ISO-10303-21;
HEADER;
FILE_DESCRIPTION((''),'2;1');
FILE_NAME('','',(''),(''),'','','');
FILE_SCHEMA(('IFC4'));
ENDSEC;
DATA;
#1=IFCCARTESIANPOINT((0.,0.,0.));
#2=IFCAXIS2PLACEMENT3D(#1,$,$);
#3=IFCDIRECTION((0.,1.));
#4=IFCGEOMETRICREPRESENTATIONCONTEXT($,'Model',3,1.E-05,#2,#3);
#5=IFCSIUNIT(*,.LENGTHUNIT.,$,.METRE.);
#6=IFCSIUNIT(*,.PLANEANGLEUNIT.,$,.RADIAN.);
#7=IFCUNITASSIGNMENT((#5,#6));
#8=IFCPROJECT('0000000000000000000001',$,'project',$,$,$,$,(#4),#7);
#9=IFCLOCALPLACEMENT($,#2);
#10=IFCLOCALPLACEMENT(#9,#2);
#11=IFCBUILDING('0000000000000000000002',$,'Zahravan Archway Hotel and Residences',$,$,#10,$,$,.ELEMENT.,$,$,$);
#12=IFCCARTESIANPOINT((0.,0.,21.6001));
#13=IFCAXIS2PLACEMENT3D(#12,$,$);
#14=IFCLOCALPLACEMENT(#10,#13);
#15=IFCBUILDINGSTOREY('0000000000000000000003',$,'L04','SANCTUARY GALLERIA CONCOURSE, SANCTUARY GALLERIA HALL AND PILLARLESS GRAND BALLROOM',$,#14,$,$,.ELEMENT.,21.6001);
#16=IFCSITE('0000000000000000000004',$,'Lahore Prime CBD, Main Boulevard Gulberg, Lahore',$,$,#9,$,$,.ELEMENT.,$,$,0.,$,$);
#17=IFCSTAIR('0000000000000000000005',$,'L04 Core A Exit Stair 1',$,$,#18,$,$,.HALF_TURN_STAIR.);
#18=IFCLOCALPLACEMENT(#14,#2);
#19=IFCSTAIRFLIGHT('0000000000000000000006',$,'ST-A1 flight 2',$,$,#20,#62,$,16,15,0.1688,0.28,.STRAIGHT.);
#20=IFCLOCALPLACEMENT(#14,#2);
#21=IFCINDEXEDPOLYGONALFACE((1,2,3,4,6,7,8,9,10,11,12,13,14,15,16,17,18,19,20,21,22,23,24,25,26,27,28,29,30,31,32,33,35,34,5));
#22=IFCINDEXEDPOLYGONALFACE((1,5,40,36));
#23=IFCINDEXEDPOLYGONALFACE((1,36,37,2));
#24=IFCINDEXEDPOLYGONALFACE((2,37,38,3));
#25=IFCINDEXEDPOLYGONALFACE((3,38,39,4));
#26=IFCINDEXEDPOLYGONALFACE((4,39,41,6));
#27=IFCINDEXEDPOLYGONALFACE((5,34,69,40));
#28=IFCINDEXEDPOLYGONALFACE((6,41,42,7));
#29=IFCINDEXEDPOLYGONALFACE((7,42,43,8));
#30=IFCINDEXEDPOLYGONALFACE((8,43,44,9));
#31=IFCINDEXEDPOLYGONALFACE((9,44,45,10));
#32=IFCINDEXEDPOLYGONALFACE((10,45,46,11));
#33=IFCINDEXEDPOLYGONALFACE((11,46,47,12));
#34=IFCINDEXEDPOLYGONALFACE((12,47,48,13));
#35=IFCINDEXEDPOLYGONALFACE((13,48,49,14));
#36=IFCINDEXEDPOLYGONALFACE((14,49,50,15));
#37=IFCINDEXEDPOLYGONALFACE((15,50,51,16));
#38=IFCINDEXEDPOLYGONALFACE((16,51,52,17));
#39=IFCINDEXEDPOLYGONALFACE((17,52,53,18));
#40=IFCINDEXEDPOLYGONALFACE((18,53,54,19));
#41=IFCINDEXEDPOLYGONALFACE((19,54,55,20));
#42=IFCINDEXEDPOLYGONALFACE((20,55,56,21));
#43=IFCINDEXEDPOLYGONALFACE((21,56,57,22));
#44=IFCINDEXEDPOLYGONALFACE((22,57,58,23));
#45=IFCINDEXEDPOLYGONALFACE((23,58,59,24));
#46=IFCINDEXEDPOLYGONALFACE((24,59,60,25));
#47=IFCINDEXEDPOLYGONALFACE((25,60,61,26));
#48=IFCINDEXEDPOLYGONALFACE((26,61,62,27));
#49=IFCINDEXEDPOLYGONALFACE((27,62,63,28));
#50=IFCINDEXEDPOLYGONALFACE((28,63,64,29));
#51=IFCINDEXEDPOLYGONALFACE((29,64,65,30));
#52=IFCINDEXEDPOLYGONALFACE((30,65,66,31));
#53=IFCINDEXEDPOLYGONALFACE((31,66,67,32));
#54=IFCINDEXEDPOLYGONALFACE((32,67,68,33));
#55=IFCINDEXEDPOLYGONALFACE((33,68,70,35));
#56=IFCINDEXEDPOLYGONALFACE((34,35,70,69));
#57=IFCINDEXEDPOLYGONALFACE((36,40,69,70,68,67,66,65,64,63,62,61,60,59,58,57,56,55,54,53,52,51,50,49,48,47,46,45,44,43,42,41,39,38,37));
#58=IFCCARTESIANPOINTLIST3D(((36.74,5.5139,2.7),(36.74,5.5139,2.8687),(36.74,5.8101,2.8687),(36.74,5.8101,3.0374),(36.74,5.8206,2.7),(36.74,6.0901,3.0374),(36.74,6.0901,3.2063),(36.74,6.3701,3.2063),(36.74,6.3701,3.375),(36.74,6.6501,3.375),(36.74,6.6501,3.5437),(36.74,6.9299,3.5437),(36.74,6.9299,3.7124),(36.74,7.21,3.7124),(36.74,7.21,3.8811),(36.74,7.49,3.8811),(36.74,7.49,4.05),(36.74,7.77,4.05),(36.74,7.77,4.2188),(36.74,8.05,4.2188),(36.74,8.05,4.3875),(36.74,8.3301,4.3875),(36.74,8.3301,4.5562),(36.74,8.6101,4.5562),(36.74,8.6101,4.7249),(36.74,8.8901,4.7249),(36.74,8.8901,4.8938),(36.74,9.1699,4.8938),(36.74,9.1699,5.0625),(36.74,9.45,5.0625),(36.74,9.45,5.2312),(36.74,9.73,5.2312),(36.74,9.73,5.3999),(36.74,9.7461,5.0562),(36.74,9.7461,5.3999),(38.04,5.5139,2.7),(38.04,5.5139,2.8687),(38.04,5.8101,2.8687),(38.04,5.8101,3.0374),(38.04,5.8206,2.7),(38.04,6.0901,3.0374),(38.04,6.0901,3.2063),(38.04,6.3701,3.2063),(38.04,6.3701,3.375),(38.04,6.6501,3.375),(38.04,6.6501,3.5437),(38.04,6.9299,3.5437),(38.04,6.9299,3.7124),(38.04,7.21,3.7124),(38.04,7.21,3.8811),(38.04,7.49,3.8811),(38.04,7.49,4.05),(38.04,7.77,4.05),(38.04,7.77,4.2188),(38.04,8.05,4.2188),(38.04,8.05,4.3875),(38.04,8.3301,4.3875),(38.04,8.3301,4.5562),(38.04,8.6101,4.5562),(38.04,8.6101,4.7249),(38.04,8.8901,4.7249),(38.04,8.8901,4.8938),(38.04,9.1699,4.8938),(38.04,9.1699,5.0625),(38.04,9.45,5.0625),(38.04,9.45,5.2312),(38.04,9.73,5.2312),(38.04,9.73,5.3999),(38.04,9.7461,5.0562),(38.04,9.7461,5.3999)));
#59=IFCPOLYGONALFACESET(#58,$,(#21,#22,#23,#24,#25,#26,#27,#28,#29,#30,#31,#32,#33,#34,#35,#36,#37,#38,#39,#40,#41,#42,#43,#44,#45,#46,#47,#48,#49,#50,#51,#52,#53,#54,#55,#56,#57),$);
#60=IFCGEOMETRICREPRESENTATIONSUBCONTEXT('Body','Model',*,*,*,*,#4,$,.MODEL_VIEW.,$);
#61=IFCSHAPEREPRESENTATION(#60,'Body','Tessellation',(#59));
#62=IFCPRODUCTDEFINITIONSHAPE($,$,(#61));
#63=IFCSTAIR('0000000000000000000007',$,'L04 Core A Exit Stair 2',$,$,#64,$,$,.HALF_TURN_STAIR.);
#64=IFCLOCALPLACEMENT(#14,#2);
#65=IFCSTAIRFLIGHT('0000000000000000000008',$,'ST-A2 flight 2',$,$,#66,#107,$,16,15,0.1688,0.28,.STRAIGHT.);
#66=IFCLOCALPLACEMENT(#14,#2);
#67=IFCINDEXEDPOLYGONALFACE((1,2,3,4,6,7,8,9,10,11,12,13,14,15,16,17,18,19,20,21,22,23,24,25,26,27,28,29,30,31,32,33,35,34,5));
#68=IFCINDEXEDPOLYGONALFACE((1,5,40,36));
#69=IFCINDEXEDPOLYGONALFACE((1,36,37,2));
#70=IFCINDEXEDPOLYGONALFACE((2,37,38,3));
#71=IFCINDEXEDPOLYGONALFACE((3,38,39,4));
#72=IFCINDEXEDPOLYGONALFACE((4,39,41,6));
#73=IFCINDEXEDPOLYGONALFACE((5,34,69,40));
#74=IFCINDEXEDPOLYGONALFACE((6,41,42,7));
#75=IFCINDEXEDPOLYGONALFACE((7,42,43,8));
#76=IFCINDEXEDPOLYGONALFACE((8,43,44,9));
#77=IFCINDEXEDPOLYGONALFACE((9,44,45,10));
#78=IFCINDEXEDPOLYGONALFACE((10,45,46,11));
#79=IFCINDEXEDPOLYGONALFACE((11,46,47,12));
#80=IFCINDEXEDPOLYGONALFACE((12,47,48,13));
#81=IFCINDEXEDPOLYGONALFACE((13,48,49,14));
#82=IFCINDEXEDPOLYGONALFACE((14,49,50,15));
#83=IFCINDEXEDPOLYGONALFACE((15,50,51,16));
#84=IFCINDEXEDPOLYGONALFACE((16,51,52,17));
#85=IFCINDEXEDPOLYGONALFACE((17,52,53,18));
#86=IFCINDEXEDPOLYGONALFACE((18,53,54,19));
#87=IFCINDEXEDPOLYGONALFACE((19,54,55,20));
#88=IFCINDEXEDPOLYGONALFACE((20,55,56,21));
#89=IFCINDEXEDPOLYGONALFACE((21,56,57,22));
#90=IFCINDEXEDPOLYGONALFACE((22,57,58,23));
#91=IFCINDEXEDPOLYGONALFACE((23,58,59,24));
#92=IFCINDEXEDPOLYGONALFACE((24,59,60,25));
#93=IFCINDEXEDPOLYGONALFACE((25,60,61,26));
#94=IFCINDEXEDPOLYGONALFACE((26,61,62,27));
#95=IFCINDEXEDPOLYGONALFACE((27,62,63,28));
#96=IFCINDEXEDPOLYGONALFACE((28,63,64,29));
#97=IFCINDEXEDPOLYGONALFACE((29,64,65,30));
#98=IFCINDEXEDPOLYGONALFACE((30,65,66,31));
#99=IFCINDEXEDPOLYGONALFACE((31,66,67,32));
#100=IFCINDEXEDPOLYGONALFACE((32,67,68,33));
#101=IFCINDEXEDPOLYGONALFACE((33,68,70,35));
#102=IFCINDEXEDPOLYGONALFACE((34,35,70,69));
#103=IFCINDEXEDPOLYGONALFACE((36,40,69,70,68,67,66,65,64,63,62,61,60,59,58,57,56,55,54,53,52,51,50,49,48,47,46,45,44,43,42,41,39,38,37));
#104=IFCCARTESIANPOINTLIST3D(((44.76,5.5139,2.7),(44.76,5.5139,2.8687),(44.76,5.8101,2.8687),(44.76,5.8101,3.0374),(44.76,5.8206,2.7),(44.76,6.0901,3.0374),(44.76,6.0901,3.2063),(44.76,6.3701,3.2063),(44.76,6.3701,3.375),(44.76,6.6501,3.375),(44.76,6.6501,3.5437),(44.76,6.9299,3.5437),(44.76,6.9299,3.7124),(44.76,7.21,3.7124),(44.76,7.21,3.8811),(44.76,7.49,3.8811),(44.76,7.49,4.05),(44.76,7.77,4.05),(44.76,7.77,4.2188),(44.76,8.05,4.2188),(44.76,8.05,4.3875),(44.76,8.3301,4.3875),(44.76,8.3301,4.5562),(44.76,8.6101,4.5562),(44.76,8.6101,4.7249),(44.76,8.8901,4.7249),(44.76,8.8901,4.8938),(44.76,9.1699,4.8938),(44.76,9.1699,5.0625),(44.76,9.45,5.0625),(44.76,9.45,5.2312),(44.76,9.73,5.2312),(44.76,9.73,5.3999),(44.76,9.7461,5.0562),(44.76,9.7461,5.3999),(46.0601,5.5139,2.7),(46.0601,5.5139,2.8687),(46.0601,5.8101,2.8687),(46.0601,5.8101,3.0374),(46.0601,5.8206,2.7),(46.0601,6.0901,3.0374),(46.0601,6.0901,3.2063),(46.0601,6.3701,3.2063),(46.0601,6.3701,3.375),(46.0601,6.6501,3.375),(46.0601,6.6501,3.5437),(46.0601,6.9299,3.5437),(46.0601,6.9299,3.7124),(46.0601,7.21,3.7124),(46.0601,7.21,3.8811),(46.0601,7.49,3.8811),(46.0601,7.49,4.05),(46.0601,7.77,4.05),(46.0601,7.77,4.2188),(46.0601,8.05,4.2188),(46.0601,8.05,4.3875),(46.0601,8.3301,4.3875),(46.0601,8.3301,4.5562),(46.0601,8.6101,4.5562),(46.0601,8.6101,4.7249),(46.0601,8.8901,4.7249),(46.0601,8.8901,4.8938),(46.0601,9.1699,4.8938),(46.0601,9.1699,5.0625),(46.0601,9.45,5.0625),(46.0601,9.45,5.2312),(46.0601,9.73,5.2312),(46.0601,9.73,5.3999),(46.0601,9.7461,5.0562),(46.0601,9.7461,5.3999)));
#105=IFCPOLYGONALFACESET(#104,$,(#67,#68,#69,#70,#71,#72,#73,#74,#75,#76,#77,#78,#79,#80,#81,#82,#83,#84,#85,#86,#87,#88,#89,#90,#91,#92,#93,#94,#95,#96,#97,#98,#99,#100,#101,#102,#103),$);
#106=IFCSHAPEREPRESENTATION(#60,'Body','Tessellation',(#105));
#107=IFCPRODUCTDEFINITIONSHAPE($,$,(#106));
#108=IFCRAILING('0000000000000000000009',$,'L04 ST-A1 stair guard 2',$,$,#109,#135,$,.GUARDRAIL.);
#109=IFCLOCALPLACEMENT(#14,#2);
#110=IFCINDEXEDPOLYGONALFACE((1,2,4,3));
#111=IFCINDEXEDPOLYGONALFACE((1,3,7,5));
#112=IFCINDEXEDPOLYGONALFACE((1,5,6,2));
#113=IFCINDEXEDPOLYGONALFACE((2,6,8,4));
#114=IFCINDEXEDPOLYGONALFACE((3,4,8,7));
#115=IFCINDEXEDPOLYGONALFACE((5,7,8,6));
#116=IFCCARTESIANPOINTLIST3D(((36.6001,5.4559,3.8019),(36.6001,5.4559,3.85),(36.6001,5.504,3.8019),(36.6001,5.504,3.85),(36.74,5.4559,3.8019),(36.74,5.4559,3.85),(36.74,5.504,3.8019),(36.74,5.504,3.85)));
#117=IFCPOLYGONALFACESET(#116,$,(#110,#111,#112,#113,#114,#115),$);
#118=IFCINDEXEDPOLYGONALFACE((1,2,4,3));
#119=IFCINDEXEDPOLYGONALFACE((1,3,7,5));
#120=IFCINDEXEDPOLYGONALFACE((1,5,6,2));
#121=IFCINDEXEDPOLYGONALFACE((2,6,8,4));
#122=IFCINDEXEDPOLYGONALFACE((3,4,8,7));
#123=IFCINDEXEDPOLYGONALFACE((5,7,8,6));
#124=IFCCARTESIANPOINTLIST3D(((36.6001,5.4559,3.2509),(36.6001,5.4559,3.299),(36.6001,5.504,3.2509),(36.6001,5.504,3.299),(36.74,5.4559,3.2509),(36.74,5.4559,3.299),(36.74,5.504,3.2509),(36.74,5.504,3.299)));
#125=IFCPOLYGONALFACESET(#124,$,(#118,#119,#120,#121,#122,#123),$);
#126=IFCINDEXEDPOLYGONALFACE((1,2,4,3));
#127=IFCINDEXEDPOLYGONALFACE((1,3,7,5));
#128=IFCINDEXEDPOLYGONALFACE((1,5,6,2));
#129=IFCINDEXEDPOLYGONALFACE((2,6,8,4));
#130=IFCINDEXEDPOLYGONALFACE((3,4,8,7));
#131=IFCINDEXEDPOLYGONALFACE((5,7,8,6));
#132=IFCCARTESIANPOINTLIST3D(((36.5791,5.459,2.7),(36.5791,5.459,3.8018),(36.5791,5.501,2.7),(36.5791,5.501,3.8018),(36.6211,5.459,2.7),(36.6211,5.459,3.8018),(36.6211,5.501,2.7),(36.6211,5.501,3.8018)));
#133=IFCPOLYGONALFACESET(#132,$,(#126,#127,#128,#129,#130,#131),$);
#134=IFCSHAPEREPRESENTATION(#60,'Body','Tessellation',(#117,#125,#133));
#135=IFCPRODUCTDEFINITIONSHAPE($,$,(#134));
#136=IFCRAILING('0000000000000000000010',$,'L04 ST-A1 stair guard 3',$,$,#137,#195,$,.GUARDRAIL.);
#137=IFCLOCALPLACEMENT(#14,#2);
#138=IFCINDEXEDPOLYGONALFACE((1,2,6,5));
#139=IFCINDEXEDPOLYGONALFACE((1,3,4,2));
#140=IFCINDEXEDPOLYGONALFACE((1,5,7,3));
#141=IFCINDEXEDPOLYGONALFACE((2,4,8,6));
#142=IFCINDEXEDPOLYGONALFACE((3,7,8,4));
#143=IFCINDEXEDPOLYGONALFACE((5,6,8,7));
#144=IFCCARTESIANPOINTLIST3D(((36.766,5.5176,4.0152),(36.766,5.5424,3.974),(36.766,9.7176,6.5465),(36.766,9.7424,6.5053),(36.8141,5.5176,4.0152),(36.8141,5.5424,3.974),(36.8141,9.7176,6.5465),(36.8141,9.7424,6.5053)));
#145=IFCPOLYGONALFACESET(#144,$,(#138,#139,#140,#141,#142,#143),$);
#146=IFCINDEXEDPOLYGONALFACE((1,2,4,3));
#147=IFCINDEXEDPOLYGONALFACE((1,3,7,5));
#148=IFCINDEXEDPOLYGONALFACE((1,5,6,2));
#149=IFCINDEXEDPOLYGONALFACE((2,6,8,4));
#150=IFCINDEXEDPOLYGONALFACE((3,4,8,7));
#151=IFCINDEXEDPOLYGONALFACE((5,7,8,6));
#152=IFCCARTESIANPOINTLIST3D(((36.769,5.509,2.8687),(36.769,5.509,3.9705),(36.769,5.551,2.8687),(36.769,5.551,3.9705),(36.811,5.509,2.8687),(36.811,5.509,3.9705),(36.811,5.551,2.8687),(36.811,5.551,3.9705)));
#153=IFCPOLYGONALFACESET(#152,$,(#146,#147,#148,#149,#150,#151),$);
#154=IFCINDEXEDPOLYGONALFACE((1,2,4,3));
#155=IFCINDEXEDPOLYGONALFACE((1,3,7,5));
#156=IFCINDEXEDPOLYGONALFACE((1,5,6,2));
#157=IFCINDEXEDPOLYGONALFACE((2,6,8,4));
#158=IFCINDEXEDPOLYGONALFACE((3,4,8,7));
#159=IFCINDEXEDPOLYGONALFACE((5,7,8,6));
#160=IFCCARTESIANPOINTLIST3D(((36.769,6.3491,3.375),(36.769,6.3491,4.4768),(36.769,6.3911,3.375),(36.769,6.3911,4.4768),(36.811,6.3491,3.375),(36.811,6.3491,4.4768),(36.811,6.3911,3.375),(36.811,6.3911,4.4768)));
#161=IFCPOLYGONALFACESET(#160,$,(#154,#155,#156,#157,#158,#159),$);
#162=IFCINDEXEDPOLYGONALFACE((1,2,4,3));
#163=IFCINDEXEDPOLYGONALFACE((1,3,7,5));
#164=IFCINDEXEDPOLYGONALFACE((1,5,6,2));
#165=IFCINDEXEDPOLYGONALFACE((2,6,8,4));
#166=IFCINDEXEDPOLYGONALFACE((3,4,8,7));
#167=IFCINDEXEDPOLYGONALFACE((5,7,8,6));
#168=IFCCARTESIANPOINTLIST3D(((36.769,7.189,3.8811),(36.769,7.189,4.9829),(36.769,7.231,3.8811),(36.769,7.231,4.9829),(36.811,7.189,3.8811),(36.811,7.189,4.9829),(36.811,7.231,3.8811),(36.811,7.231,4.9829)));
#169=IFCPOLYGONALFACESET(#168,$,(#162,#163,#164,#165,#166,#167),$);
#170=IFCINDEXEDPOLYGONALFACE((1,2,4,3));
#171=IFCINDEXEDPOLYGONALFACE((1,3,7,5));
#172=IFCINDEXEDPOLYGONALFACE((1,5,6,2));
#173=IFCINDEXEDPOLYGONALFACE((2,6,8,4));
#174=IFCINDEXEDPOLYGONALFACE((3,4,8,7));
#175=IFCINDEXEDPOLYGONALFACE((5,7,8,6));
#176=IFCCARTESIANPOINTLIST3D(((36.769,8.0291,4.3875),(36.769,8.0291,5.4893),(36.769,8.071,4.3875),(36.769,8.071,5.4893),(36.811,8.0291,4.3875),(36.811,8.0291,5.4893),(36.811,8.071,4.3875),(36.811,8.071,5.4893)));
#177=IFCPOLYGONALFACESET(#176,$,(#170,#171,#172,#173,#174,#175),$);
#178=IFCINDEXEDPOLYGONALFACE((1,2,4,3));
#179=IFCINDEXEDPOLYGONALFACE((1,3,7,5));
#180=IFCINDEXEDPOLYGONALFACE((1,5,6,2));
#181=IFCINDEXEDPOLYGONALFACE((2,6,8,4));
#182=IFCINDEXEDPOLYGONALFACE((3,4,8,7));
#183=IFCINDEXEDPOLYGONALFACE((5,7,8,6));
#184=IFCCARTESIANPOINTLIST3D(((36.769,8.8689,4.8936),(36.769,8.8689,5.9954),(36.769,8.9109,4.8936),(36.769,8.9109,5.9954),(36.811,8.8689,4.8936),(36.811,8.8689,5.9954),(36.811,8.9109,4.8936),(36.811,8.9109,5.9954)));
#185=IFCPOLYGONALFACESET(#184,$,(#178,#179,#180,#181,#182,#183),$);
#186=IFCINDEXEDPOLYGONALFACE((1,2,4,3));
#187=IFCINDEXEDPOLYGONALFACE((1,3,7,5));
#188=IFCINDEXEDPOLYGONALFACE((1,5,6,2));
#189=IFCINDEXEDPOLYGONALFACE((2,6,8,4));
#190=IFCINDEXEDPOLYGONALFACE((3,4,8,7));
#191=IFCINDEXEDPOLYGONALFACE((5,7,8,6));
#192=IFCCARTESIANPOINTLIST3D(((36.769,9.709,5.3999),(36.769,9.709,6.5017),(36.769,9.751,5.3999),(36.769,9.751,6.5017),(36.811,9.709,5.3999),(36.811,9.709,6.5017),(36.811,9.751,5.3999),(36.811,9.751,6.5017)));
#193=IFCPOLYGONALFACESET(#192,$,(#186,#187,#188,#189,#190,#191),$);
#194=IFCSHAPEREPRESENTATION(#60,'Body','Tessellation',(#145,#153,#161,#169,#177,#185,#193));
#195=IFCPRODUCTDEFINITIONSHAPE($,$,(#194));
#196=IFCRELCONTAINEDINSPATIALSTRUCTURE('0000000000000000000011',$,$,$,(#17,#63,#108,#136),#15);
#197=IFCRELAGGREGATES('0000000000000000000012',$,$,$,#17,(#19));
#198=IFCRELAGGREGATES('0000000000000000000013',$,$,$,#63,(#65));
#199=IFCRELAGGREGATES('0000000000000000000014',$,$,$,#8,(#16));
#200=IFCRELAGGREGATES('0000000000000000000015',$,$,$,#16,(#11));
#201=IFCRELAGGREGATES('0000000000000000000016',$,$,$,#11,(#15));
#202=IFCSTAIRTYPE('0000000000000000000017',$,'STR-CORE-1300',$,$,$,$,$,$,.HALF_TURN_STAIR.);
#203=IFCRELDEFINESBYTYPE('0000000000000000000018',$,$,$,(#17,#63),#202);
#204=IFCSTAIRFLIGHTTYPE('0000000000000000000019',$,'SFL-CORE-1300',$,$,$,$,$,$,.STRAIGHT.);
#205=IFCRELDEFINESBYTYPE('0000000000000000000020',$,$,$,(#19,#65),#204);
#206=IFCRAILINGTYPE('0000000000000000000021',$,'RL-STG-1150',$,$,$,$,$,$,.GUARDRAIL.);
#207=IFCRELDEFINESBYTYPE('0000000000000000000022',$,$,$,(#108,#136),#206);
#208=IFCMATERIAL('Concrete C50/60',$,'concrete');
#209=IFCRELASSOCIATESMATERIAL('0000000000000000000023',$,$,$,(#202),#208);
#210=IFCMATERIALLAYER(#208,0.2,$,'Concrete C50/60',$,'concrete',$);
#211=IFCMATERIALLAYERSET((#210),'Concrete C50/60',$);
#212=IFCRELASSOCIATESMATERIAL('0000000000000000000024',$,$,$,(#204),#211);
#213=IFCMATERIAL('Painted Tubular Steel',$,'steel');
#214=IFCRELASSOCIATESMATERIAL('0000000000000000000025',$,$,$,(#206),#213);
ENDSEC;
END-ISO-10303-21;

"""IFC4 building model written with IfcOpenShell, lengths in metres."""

from ifc_helpers import new_model, si_unit, direction, frame, origin, origin_2d, place, context, subcontext, project, spatial, polyline, rectangle, outline, extrude, source, transform, mapped, material, layer, layer_set, type_object, element, aggregate, save


model = new_model("IFC4")

# Units and contexts
model_context = context("Model", 3, precision=1e-05, world=origin(), true_north=direction((0.0, 1.0)))
body_context = subcontext(model_context, "Body", "Model", "MODEL_VIEW")
ifc_project = project(units=[si_unit("LENGTHUNIT", "METRE"), si_unit("PLANEANGLEUNIT", "RADIAN")], contexts=[model_context])

# Site, building, storey
site_placement = place(None, origin())
site = spatial("IfcSite", under=ifc_project, at=site_placement, Name="Lahore Prime CBD, Main Boulevard Gulberg, Lahore", CompositionType="ELEMENT", RefElevation=0.0)
building_placement = place(site_placement, origin())
building = spatial("IfcBuilding", under=site, at=building_placement, Name="Zahravan Archway Hotel and Residences", CompositionType="ELEMENT")
storey_placement = place(building_placement, frame((0.0, 0.0, 21.6001)))
storey = spatial("IfcBuildingStorey", under=building, at=storey_placement, Name="L04", Description="SANCTUARY GALLERIA CONCOURSE, SANCTUARY GALLERIA HALL AND PILLARLESS GRAND BALLROOM", CompositionType="ELEMENT", Elevation=21.6001)

# Shared definitions
ifc_material_1 = material(Name="Concrete C50/60", Category="concrete")

# Stairs, stair flights
stair_type = type_object("IfcStairType", Name="STR-CORE-1300", PredefinedType="HALF_TURN_STAIR", material=ifc_material_1)
stair_1_placement = place(storey_placement, origin())
stair_1 = element("IfcStair", 1, at=stair_1_placement, inside=storey, type_object=stair_type, Name="L04 Core A Exit Stair 1", PredefinedType="HALF_TURN_STAIR")
ifc_layer_1 = layer(ifc_material_1, 0.2, Name="Concrete C50/60", Category="concrete")
ifc_layer_set_1 = layer_set([ifc_layer_1], Name="Concrete C50/60")
stair_flight_type = type_object("IfcStairFlightType", Name="SFL-CORE-1300", PredefinedType="STRAIGHT", material=ifc_layer_set_1)
shared_shape_1 = source(origin(), body_context, "Body", "SweptSolid", [
    extrude(outline(polyline([(-0.0161, 0.0), (-0.0161, 0.1687), (0.28, 0.1687), (0.28, 0.3374), (0.5601, 0.3374), (0.5601, 0.5063), (0.8401, 0.5063), (0.8401, 0.675), (1.1201, 0.675), (1.1201, 0.8438), (1.3999, 0.8438), (1.3999, 1.0125), (1.6799, 1.0125), (1.6799, 1.1812), (1.96, 1.1812), (1.96, 1.3501), (2.24, 1.3501), (2.24, 1.5188), (2.52, 1.5188), (2.52, 1.6875), (2.8, 1.6875), (2.8, 1.8562), (3.0801, 1.8562), (3.0801, 2.0249), (3.3601, 2.0249), (3.3601, 2.1938), (3.6399, 2.1938), (3.6399, 2.3625), (3.9199, 2.3625), (3.9199, 2.5312), (4.2, 2.5312), (4.2, 2.7), (4.2161, 2.7), (4.2161, 2.3562), (0.2905, 0.0), (-0.0161, 0.0)])), frame((0.0, 0.6499, 0.0), z_axis=(0.0, -1.0, 0.0), x_axis=(1.0, 0.0, 0.0)), (0.0, 0.0, 1.0), 1.3),
])
stair_flight_1_placement = place(storey_placement, frame((37.3899, 5.53, 2.7), z_axis=(0.0, 0.0, 1.0), x_axis=(0.0, 1.0, 0.0)))
stair_flight_1 = element("IfcStairFlight", 2, at=stair_flight_1_placement, type_object=stair_flight_type, Name="ST-A1 flight 2", NumberOfRisers=16, NumberOfTreads=15, PredefinedType="STRAIGHT", RiserHeight=0.1688, TreadLength=0.28, context=body_context, shape_type="MappedRepresentation", body=[
    mapped(shared_shape_1, transform((0.0, 0.0, 0.0), scale=1.0)),
])
aggregate(stair_1, [stair_flight_1])
stair_2_placement = place(storey_placement, origin())
stair_2 = element("IfcStair", 3, at=stair_2_placement, inside=storey, type_object=stair_type, Name="L04 Core A Exit Stair 2", PredefinedType="HALF_TURN_STAIR")
stair_flight_2_placement = place(storey_placement, frame((45.4099, 5.53, 2.7), z_axis=(0.0, 0.0, 1.0), x_axis=(0.0, 1.0, 0.0)))
stair_flight_2 = element("IfcStairFlight", 4, at=stair_flight_2_placement, type_object=stair_flight_type, Name="ST-A2 flight 2", NumberOfRisers=16, NumberOfTreads=15, PredefinedType="STRAIGHT", RiserHeight=0.1688, TreadLength=0.28, context=body_context, shape_type="MappedRepresentation", body=[
    mapped(shared_shape_1, transform((0.0, 0.0, 0.0), scale=1.0)),
])
aggregate(stair_2, [stair_flight_2])

# Railings
ifc_material_2 = material(Name="Painted Tubular Steel", Category="steel")
railing_type_1 = type_object("IfcRailingType", Name="RL-STG-1150", PredefinedType="GUARDRAIL", material=ifc_material_2)
railing_1_placement = place(storey_placement, frame((36.6001, 5.48, 2.7)))
element("IfcRailing", 5, at=railing_1_placement, inside=storey, type_object=railing_type_1, Name="L04 ST-A1 stair guard 2", PredefinedType="GUARDRAIL", context=body_context, shape_type="SweptSolid", body=[
    extrude(rectangle(XDim=0.0481, YDim=0.0481, at=origin_2d()), frame((0.0, 0.0, 1.126), z_axis=(1.0, 0.0, 0.0), x_axis=(0.0, 1.0, 0.0)), (0.0, 0.0, 1.0), 0.1399),
    extrude(rectangle(XDim=0.0481, YDim=0.0481, at=origin_2d()), frame((0.0, 0.0, 0.575), z_axis=(1.0, 0.0, 0.0), x_axis=(0.0, 1.0, 0.0)), (0.0, 0.0, 1.0), 0.1399),
    extrude(rectangle(XDim=0.042, YDim=0.042, at=origin_2d()), origin(), (0.0, 0.0, 1.0), 1.1018),
])
railing_2_placement = place(storey_placement, frame((36.79, 5.53, 2.8687)))
element("IfcRailing", 6, at=railing_2_placement, inside=storey, type_object=railing_type_1, Name="L04 ST-A1 stair guard 3", PredefinedType="GUARDRAIL", context=body_context, shape_type="SweptSolid", body=[
    extrude(rectangle(XDim=0.0481, YDim=0.0481, at=origin_2d()), frame((0.0, 0.0, 1.126), z_axis=(0.0, 0.856476, 0.516186), x_axis=(-1.0, 0.0, 0.0)), (0.0, 0.0, 1.0), 4.9038),
    extrude(rectangle(XDim=0.042, YDim=0.042, at=origin_2d()), origin(), (0.0, 0.0, 1.0), 1.1018),
    extrude(rectangle(XDim=0.042, YDim=0.042, at=origin_2d()), frame((0.0, 0.8401, 0.5063)), (0.0, 0.0, 1.0), 1.1018),
    extrude(rectangle(XDim=0.042, YDim=0.042, at=origin_2d()), frame((0.0, 1.6799, 1.0125)), (0.0, 0.0, 1.0), 1.1018),
    extrude(rectangle(XDim=0.042, YDim=0.042, at=origin_2d()), frame((0.0, 2.52, 1.5188)), (0.0, 0.0, 1.0), 1.1018),
    extrude(rectangle(XDim=0.042, YDim=0.042, at=origin_2d()), frame((0.0, 3.3599, 2.0249)), (0.0, 0.0, 1.0), 1.1018),
    extrude(rectangle(XDim=0.042, YDim=0.042, at=origin_2d()), frame((0.0, 4.2, 2.5312)), (0.0, 0.0, 1.0), 1.1018),
])

save(model, "model.ifc")
